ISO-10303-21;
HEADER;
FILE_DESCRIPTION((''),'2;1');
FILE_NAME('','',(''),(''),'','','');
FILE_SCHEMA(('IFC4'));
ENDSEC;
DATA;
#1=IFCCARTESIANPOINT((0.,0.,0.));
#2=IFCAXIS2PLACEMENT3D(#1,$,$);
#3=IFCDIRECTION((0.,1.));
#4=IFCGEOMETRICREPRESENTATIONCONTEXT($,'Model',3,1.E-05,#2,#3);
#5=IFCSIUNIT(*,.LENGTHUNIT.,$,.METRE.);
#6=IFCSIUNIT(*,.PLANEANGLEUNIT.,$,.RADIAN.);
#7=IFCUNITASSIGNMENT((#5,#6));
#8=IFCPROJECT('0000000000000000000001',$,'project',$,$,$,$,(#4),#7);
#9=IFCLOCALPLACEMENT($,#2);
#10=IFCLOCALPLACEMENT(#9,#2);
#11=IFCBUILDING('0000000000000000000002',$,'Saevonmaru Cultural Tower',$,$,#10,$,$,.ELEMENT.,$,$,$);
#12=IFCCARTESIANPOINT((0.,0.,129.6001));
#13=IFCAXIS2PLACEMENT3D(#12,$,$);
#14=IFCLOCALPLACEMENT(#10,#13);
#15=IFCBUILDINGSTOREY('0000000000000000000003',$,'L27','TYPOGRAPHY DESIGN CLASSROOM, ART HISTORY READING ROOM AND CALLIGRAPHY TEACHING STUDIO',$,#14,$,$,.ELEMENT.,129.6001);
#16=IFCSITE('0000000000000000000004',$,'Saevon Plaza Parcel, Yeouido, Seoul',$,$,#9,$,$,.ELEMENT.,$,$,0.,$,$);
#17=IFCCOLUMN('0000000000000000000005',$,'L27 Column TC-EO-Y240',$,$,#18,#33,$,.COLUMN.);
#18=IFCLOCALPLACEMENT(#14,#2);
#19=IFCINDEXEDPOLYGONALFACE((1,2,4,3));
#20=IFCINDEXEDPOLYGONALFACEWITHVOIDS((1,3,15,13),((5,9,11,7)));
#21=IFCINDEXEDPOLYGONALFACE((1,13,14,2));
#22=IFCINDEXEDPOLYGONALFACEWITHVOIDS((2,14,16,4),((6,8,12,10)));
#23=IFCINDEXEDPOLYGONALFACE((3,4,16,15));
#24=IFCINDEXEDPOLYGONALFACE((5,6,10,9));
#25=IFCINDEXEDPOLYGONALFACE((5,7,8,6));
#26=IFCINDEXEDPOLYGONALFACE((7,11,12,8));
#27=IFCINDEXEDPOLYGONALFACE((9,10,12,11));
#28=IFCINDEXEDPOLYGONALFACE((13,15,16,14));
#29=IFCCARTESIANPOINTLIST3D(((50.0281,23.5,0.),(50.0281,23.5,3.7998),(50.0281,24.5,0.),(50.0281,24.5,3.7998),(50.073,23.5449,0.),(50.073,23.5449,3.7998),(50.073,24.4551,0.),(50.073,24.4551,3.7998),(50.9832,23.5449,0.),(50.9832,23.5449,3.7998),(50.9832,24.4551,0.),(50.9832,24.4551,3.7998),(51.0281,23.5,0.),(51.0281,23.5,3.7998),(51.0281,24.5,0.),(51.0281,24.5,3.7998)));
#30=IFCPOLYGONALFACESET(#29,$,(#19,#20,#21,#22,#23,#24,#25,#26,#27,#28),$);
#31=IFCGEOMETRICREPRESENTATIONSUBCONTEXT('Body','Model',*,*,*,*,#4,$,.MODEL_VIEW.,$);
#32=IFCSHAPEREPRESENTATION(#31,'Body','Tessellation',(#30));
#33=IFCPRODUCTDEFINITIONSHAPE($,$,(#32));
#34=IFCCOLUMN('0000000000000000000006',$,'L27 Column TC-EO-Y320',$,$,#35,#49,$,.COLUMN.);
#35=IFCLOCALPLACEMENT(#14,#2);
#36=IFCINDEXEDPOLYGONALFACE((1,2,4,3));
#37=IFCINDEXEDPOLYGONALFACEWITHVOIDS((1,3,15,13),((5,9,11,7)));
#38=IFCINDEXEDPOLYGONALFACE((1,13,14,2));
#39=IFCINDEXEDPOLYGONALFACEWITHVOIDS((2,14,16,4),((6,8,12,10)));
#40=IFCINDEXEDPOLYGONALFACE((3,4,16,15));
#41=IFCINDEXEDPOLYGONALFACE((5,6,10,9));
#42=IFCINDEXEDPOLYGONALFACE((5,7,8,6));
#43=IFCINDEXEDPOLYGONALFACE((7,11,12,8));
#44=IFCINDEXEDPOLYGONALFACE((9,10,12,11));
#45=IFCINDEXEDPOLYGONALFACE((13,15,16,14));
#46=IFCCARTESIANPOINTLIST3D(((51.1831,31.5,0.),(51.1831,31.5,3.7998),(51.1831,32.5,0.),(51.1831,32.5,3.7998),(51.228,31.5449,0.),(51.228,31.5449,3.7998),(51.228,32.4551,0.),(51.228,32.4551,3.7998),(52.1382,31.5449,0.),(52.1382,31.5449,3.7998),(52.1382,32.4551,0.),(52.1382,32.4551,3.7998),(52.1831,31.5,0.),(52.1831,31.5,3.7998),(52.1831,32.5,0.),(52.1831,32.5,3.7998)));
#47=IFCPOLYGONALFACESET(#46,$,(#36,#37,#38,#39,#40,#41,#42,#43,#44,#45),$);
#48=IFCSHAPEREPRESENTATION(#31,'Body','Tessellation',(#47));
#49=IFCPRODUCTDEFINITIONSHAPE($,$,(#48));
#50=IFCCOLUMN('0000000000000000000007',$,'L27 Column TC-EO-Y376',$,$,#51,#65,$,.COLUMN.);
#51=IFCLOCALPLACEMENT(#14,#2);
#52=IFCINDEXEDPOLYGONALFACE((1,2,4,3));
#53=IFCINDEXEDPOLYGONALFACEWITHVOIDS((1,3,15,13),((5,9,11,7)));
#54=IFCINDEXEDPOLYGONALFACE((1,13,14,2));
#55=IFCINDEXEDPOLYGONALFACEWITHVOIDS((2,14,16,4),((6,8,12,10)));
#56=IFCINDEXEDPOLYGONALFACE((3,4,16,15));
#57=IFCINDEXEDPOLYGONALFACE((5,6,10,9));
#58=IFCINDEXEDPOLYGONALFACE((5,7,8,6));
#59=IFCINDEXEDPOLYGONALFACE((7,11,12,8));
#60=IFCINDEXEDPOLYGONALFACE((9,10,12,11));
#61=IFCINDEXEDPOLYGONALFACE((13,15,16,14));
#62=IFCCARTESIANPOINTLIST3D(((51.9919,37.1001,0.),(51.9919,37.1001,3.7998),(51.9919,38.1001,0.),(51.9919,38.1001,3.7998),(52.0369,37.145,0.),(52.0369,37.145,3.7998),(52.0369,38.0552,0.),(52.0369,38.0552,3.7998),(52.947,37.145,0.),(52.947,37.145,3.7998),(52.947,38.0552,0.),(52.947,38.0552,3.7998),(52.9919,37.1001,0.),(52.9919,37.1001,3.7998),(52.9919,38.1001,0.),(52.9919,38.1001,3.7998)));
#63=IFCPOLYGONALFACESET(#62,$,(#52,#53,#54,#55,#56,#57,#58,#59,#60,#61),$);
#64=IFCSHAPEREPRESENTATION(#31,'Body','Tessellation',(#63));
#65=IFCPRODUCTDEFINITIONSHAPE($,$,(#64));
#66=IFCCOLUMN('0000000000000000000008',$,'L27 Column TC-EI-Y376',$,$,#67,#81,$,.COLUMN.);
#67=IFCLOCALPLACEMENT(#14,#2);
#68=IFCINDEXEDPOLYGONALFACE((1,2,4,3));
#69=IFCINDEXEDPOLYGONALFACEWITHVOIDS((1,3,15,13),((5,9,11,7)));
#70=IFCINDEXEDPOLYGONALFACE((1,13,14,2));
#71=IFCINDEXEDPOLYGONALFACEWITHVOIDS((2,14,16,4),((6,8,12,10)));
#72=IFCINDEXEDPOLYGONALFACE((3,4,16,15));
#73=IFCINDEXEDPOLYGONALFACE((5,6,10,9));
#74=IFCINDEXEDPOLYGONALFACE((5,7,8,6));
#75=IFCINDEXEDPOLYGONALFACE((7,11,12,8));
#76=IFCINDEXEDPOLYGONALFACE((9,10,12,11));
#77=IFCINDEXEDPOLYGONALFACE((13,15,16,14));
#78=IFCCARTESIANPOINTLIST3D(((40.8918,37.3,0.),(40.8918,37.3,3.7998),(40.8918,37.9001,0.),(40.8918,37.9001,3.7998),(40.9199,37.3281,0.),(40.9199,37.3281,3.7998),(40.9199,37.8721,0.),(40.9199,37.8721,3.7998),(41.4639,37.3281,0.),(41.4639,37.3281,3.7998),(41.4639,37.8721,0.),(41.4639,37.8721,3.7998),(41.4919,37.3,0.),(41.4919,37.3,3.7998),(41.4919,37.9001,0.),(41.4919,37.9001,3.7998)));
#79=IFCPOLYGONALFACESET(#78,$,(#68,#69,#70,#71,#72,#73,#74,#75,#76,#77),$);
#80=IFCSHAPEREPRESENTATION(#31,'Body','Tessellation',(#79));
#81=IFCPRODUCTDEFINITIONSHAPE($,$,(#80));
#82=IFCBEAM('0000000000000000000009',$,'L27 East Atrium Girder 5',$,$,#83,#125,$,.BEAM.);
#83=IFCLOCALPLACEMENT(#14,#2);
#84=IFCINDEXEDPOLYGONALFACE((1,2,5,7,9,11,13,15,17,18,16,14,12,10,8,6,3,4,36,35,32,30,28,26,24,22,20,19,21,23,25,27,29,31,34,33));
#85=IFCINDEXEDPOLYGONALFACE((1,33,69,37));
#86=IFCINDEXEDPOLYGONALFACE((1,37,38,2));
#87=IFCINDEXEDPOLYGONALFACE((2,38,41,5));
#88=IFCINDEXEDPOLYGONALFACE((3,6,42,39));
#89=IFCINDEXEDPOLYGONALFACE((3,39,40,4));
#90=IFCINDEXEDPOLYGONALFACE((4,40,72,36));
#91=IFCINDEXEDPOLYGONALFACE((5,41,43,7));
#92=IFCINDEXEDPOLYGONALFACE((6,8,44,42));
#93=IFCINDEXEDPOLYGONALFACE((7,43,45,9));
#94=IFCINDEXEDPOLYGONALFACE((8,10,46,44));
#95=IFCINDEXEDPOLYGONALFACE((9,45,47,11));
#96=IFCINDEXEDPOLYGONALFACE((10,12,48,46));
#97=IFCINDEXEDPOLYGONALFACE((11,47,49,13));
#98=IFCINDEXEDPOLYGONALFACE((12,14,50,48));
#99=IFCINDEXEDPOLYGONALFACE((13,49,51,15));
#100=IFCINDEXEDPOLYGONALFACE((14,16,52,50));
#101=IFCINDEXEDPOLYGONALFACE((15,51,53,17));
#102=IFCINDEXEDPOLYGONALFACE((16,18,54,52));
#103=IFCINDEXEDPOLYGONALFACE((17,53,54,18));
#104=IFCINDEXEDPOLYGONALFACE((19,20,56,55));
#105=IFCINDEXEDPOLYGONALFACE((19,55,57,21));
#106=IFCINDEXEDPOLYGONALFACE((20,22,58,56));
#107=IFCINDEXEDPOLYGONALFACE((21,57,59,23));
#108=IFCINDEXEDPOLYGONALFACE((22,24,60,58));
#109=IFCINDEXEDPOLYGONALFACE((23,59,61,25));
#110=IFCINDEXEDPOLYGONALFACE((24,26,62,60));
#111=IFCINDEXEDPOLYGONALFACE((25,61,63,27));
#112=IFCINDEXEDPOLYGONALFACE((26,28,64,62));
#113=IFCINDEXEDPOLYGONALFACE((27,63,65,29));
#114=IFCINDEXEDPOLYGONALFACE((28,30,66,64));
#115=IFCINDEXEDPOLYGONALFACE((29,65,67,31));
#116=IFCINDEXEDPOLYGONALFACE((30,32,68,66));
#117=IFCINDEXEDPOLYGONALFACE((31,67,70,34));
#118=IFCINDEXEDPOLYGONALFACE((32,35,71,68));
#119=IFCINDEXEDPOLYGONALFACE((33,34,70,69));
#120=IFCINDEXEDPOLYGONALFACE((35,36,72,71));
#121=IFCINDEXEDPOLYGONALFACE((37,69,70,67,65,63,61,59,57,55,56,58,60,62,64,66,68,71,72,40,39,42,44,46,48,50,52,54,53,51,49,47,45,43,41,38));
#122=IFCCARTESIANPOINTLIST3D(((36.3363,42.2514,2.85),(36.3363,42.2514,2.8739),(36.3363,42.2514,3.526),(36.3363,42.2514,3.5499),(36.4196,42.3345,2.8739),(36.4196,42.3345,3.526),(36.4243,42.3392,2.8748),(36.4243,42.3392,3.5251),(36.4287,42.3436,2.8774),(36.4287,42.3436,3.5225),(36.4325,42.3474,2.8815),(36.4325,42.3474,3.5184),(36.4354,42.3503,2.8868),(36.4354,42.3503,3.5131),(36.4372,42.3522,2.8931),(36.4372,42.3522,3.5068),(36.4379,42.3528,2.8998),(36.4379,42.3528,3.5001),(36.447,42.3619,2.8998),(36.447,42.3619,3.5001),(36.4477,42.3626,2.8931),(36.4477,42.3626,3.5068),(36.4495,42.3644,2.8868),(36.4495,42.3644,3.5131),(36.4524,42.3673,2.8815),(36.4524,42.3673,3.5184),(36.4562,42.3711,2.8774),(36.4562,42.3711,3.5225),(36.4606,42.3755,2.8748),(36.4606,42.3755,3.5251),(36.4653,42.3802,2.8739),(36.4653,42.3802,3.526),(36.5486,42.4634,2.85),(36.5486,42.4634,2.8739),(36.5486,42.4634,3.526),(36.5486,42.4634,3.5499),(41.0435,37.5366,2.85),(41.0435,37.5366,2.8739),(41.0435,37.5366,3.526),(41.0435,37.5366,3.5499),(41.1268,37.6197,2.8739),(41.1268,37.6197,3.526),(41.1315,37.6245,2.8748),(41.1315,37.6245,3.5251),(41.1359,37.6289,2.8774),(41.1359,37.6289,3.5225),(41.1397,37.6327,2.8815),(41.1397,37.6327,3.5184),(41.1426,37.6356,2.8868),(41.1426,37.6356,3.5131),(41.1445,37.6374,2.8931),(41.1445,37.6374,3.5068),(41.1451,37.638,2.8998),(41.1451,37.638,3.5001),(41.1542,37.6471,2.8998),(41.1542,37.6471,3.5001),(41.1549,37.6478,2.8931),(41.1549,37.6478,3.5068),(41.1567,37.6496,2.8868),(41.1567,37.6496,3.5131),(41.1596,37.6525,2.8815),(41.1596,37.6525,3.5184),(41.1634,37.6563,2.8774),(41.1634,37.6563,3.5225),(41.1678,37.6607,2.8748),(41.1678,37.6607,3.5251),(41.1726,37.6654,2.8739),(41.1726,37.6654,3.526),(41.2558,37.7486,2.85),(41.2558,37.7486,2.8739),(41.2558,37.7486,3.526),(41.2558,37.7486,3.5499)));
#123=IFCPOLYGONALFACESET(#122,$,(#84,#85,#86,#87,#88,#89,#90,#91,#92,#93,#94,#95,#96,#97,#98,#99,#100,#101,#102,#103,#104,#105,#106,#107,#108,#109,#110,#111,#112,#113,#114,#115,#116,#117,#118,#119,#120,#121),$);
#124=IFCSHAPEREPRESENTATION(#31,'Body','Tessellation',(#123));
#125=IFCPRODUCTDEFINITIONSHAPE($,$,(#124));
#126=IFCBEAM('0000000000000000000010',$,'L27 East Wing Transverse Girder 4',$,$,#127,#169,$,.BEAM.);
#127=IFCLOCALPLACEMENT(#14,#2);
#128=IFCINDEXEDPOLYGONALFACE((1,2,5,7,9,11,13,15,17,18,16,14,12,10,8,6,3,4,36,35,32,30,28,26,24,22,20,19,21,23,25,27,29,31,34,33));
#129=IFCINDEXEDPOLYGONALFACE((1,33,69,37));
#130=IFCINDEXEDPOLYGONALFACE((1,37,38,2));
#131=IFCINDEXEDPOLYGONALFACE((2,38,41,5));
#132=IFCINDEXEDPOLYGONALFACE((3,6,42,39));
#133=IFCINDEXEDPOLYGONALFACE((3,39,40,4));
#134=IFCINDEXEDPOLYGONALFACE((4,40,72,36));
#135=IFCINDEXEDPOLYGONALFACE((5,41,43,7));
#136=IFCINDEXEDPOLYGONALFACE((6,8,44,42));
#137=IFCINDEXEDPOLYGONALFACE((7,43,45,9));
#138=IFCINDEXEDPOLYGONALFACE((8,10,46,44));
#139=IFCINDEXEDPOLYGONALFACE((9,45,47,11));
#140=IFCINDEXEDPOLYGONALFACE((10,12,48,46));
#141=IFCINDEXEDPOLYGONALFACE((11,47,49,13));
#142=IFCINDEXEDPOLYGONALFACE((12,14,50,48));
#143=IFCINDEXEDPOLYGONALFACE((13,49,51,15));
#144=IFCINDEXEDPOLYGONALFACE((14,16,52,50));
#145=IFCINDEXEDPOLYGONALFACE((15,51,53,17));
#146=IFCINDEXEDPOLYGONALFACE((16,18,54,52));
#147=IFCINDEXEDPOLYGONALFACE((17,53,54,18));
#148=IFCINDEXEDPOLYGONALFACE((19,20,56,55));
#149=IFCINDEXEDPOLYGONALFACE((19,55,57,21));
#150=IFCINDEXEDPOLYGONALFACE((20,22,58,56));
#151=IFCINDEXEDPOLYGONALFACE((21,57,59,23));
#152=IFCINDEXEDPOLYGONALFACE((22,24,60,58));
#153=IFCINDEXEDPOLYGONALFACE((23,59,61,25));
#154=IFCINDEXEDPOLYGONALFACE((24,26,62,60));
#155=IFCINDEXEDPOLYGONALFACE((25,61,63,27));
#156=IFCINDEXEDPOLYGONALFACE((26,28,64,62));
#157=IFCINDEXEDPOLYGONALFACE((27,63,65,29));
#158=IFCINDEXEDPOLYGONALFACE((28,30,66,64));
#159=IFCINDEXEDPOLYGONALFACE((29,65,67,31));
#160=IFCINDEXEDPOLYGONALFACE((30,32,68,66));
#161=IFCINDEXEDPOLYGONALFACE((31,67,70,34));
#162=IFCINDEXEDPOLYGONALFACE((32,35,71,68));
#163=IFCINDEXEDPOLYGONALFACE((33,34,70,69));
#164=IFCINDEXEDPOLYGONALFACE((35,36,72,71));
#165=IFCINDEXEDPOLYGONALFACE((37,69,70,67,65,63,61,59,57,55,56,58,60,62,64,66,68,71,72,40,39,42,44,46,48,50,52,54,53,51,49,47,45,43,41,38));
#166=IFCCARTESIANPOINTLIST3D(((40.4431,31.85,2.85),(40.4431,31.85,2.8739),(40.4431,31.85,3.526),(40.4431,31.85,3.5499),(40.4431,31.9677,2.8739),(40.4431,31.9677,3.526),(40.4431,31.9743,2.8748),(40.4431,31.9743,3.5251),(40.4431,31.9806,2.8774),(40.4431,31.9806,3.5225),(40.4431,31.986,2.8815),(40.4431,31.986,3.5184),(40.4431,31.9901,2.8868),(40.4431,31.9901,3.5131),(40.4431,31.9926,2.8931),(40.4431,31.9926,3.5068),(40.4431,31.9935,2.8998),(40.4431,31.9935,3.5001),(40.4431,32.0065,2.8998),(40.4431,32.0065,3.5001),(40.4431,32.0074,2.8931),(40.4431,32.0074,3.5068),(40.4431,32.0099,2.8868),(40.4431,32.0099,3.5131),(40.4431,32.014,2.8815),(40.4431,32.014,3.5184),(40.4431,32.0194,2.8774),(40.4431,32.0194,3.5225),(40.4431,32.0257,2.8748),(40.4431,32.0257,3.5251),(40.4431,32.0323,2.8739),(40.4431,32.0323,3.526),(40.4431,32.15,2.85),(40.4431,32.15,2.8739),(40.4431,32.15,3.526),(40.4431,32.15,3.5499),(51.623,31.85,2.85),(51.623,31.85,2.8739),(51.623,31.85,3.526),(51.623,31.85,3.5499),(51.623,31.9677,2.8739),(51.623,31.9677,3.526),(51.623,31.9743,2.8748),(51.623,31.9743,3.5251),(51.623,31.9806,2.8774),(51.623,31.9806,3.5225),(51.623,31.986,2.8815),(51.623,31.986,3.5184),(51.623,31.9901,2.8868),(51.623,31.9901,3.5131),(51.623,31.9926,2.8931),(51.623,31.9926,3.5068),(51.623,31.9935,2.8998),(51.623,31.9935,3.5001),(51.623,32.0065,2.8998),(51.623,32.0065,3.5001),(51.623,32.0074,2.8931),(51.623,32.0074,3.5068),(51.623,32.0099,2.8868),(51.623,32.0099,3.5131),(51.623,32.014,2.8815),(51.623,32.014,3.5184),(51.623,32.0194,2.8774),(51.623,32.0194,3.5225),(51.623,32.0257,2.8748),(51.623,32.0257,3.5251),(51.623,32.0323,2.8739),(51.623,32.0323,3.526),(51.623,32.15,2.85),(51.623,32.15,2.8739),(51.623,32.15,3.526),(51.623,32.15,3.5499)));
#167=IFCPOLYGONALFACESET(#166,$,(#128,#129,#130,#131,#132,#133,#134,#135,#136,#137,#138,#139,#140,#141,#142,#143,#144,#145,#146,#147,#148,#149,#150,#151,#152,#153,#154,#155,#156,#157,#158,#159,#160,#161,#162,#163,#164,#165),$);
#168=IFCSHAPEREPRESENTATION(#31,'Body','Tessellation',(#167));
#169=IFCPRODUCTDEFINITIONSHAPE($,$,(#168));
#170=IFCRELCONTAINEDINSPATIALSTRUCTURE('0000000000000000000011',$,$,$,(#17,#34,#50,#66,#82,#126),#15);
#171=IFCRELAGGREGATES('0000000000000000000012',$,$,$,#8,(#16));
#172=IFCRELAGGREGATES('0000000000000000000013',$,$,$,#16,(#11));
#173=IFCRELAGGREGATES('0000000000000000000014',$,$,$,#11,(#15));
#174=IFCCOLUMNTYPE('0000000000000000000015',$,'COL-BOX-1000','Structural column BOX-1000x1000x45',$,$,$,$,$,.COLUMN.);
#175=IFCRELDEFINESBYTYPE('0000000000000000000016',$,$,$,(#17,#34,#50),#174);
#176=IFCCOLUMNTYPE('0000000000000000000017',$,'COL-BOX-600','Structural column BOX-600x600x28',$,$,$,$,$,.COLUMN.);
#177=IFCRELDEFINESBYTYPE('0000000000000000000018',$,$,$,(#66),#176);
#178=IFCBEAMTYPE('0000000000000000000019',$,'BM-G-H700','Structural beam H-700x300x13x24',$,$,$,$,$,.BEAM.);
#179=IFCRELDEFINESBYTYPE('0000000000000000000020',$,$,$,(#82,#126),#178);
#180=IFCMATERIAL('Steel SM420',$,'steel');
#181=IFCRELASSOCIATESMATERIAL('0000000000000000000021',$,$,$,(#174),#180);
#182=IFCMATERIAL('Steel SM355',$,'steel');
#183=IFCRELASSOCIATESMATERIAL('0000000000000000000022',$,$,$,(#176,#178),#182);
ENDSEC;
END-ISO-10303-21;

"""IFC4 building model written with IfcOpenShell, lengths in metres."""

from ifc_helpers import new_model, si_unit, direction, frame, origin, origin_2d, place, context, subcontext, project, spatial, hollow_rectangle, i_section, extrude, material, material_profile, profile_set, type_object, element, save


model = new_model("IFC4")

# Units and contexts
model_context = context("Model", 3, precision=1e-05, world=origin(), true_north=direction((0.0, 1.0)))
body_context = subcontext(model_context, "Body", "Model", "MODEL_VIEW")
ifc_project = project(units=[si_unit("LENGTHUNIT", "METRE"), si_unit("PLANEANGLEUNIT", "RADIAN")], contexts=[model_context])

# Site, building, storey
site_placement = place(None, origin())
site = spatial("IfcSite", under=ifc_project, at=site_placement, Name="Saevon Plaza Parcel, Yeouido, Seoul", CompositionType="ELEMENT", RefElevation=0.0)
building_placement = place(site_placement, origin())
building = spatial("IfcBuilding", under=site, at=building_placement, Name="Saevonmaru Cultural Tower", CompositionType="ELEMENT")
storey_placement = place(building_placement, frame((0.0, 0.0, 129.6001)))
storey = spatial("IfcBuildingStorey", under=building, at=storey_placement, Name="L27", Description="TYPOGRAPHY DESIGN CLASSROOM, ART HISTORY READING ROOM AND CALLIGRAPHY TEACHING STUDIO", CompositionType="ELEMENT", Elevation=129.6001)

# Columns
ifc_material_1 = material(Name="Steel SM420", Category="steel")
ifc_material_profile_1 = material_profile(ifc_material_1, hollow_rectangle(XDim=1.0, YDim=1.0, WallThickness=0.0449, at=origin_2d()), Name="BOX-1000x1000x45")
ifc_profile_set_1 = profile_set([ifc_material_profile_1], Name="Steel SM420")
column_type_1 = type_object("IfcColumnType", Name="COL-BOX-1000", Description="Structural column BOX-1000x1000x45", PredefinedType="COLUMN", material=ifc_profile_set_1)
for number, where, z_axis, x_axis, name in (
    (1, (50.5281, 24.0, 0.0), (0.0, 0.0, 1.0), (1.0, 0.0, 0.0), "L27 Column TC-EO-Y240"),
    (2, (51.6831, 32.0, 0.0), (0.0, 0.0, 1.0), (1.0, 0.0, 0.0), "L27 Column TC-EO-Y320"),
    (3, (52.4919, 37.6001, 0.0), (0.0, 0.0, 1.0), (1.0, 0.0, 0.0), "L27 Column TC-EO-Y376"),
):
    element("IfcColumn", number, at=place(storey_placement, frame(where, z_axis=z_axis, x_axis=x_axis)), inside=storey, type_object=column_type_1, Name=name, PredefinedType="COLUMN", context=body_context, shape_type="SweptSolid", body=[
        extrude(hollow_rectangle(XDim=1.0, YDim=1.0, WallThickness=0.0449, at=origin_2d()), origin(), (0.0, 0.0, 1.0), 3.7998),
    ])
ifc_material_2 = material(Name="Steel SM355", Category="steel")
ifc_material_profile_2 = material_profile(ifc_material_2, hollow_rectangle(XDim=0.6001, YDim=0.6001, WallThickness=0.0281, at=origin_2d()), Name="BOX-600x600x28")
ifc_profile_set_2 = profile_set([ifc_material_profile_2], Name="Steel SM355")
column_type_2 = type_object("IfcColumnType", Name="COL-BOX-600", Description="Structural column BOX-600x600x28", PredefinedType="COLUMN", material=ifc_profile_set_2)
column_placement = place(storey_placement, frame((41.1919, 37.6001, 0.0), z_axis=(0.0, 0.0, 1.0), x_axis=(1.0, 0.0, 0.0)))
element("IfcColumn", 4, at=column_placement, inside=storey, type_object=column_type_2, Name="L27 Column TC-EI-Y376", PredefinedType="COLUMN", context=body_context, shape_type="SweptSolid", body=[
    extrude(hollow_rectangle(XDim=0.6001, YDim=0.6001, WallThickness=0.0281, at=origin_2d()), origin(), (0.0, 0.0, 1.0), 3.7998),
])

# Beams
ifc_material_profile_3 = material_profile(ifc_material_2, i_section(OverallWidth=0.3, OverallDepth=0.7, WebThickness=0.0129, FlangeThickness=0.0239, FilletRadius=0.0259, at=origin_2d()), Name="H-700x300x13x24")
ifc_profile_set_3 = profile_set([ifc_material_profile_3], Name="Steel SM355")
beam_type_1 = type_object("IfcBeamType", Name="BM-G-H700", Description="Structural beam H-700x300x13x24", PredefinedType="BEAM", material=ifc_profile_set_3)
beam_1_placement = place(storey_placement, frame((41.1497, 37.6426, 3.2), z_axis=(-0.706539, 0.707675, 0.0), x_axis=(-0.707675, -0.706539, 0.0)))
element("IfcBeam", 5, at=beam_1_placement, inside=storey, type_object=beam_type_1, Name="L27 East Atrium Girder 5", PredefinedType="BEAM", context=body_context, shape_type="SweptSolid", body=[
    extrude(i_section(OverallWidth=0.3, OverallDepth=0.7, WebThickness=0.0129, FlangeThickness=0.0239, FilletRadius=0.0259, at=origin_2d()), origin(), (0.0, 0.0, 1.0), 6.6624),
])
for number, where, z_axis, x_axis, name in (
    (6, (40.4431, 32.0, 3.2), (1.0, 0.0, 0.0), (0.0, 1.0, 0.0), "L27 East Wing Transverse Girder 4"),
):
    element("IfcBeam", number, at=place(storey_placement, frame(where, z_axis=z_axis, x_axis=x_axis)), inside=storey, type_object=beam_type_1, Name=name, PredefinedType="BEAM", context=body_context, shape_type="SweptSolid", body=[
        extrude(i_section(OverallWidth=0.3, OverallDepth=0.7, WebThickness=0.0129, FlangeThickness=0.0239, FilletRadius=0.0259, at=origin_2d()), origin(), (0.0, 0.0, 1.0), 11.1799),
    ])

save(model, "model.ifc")
